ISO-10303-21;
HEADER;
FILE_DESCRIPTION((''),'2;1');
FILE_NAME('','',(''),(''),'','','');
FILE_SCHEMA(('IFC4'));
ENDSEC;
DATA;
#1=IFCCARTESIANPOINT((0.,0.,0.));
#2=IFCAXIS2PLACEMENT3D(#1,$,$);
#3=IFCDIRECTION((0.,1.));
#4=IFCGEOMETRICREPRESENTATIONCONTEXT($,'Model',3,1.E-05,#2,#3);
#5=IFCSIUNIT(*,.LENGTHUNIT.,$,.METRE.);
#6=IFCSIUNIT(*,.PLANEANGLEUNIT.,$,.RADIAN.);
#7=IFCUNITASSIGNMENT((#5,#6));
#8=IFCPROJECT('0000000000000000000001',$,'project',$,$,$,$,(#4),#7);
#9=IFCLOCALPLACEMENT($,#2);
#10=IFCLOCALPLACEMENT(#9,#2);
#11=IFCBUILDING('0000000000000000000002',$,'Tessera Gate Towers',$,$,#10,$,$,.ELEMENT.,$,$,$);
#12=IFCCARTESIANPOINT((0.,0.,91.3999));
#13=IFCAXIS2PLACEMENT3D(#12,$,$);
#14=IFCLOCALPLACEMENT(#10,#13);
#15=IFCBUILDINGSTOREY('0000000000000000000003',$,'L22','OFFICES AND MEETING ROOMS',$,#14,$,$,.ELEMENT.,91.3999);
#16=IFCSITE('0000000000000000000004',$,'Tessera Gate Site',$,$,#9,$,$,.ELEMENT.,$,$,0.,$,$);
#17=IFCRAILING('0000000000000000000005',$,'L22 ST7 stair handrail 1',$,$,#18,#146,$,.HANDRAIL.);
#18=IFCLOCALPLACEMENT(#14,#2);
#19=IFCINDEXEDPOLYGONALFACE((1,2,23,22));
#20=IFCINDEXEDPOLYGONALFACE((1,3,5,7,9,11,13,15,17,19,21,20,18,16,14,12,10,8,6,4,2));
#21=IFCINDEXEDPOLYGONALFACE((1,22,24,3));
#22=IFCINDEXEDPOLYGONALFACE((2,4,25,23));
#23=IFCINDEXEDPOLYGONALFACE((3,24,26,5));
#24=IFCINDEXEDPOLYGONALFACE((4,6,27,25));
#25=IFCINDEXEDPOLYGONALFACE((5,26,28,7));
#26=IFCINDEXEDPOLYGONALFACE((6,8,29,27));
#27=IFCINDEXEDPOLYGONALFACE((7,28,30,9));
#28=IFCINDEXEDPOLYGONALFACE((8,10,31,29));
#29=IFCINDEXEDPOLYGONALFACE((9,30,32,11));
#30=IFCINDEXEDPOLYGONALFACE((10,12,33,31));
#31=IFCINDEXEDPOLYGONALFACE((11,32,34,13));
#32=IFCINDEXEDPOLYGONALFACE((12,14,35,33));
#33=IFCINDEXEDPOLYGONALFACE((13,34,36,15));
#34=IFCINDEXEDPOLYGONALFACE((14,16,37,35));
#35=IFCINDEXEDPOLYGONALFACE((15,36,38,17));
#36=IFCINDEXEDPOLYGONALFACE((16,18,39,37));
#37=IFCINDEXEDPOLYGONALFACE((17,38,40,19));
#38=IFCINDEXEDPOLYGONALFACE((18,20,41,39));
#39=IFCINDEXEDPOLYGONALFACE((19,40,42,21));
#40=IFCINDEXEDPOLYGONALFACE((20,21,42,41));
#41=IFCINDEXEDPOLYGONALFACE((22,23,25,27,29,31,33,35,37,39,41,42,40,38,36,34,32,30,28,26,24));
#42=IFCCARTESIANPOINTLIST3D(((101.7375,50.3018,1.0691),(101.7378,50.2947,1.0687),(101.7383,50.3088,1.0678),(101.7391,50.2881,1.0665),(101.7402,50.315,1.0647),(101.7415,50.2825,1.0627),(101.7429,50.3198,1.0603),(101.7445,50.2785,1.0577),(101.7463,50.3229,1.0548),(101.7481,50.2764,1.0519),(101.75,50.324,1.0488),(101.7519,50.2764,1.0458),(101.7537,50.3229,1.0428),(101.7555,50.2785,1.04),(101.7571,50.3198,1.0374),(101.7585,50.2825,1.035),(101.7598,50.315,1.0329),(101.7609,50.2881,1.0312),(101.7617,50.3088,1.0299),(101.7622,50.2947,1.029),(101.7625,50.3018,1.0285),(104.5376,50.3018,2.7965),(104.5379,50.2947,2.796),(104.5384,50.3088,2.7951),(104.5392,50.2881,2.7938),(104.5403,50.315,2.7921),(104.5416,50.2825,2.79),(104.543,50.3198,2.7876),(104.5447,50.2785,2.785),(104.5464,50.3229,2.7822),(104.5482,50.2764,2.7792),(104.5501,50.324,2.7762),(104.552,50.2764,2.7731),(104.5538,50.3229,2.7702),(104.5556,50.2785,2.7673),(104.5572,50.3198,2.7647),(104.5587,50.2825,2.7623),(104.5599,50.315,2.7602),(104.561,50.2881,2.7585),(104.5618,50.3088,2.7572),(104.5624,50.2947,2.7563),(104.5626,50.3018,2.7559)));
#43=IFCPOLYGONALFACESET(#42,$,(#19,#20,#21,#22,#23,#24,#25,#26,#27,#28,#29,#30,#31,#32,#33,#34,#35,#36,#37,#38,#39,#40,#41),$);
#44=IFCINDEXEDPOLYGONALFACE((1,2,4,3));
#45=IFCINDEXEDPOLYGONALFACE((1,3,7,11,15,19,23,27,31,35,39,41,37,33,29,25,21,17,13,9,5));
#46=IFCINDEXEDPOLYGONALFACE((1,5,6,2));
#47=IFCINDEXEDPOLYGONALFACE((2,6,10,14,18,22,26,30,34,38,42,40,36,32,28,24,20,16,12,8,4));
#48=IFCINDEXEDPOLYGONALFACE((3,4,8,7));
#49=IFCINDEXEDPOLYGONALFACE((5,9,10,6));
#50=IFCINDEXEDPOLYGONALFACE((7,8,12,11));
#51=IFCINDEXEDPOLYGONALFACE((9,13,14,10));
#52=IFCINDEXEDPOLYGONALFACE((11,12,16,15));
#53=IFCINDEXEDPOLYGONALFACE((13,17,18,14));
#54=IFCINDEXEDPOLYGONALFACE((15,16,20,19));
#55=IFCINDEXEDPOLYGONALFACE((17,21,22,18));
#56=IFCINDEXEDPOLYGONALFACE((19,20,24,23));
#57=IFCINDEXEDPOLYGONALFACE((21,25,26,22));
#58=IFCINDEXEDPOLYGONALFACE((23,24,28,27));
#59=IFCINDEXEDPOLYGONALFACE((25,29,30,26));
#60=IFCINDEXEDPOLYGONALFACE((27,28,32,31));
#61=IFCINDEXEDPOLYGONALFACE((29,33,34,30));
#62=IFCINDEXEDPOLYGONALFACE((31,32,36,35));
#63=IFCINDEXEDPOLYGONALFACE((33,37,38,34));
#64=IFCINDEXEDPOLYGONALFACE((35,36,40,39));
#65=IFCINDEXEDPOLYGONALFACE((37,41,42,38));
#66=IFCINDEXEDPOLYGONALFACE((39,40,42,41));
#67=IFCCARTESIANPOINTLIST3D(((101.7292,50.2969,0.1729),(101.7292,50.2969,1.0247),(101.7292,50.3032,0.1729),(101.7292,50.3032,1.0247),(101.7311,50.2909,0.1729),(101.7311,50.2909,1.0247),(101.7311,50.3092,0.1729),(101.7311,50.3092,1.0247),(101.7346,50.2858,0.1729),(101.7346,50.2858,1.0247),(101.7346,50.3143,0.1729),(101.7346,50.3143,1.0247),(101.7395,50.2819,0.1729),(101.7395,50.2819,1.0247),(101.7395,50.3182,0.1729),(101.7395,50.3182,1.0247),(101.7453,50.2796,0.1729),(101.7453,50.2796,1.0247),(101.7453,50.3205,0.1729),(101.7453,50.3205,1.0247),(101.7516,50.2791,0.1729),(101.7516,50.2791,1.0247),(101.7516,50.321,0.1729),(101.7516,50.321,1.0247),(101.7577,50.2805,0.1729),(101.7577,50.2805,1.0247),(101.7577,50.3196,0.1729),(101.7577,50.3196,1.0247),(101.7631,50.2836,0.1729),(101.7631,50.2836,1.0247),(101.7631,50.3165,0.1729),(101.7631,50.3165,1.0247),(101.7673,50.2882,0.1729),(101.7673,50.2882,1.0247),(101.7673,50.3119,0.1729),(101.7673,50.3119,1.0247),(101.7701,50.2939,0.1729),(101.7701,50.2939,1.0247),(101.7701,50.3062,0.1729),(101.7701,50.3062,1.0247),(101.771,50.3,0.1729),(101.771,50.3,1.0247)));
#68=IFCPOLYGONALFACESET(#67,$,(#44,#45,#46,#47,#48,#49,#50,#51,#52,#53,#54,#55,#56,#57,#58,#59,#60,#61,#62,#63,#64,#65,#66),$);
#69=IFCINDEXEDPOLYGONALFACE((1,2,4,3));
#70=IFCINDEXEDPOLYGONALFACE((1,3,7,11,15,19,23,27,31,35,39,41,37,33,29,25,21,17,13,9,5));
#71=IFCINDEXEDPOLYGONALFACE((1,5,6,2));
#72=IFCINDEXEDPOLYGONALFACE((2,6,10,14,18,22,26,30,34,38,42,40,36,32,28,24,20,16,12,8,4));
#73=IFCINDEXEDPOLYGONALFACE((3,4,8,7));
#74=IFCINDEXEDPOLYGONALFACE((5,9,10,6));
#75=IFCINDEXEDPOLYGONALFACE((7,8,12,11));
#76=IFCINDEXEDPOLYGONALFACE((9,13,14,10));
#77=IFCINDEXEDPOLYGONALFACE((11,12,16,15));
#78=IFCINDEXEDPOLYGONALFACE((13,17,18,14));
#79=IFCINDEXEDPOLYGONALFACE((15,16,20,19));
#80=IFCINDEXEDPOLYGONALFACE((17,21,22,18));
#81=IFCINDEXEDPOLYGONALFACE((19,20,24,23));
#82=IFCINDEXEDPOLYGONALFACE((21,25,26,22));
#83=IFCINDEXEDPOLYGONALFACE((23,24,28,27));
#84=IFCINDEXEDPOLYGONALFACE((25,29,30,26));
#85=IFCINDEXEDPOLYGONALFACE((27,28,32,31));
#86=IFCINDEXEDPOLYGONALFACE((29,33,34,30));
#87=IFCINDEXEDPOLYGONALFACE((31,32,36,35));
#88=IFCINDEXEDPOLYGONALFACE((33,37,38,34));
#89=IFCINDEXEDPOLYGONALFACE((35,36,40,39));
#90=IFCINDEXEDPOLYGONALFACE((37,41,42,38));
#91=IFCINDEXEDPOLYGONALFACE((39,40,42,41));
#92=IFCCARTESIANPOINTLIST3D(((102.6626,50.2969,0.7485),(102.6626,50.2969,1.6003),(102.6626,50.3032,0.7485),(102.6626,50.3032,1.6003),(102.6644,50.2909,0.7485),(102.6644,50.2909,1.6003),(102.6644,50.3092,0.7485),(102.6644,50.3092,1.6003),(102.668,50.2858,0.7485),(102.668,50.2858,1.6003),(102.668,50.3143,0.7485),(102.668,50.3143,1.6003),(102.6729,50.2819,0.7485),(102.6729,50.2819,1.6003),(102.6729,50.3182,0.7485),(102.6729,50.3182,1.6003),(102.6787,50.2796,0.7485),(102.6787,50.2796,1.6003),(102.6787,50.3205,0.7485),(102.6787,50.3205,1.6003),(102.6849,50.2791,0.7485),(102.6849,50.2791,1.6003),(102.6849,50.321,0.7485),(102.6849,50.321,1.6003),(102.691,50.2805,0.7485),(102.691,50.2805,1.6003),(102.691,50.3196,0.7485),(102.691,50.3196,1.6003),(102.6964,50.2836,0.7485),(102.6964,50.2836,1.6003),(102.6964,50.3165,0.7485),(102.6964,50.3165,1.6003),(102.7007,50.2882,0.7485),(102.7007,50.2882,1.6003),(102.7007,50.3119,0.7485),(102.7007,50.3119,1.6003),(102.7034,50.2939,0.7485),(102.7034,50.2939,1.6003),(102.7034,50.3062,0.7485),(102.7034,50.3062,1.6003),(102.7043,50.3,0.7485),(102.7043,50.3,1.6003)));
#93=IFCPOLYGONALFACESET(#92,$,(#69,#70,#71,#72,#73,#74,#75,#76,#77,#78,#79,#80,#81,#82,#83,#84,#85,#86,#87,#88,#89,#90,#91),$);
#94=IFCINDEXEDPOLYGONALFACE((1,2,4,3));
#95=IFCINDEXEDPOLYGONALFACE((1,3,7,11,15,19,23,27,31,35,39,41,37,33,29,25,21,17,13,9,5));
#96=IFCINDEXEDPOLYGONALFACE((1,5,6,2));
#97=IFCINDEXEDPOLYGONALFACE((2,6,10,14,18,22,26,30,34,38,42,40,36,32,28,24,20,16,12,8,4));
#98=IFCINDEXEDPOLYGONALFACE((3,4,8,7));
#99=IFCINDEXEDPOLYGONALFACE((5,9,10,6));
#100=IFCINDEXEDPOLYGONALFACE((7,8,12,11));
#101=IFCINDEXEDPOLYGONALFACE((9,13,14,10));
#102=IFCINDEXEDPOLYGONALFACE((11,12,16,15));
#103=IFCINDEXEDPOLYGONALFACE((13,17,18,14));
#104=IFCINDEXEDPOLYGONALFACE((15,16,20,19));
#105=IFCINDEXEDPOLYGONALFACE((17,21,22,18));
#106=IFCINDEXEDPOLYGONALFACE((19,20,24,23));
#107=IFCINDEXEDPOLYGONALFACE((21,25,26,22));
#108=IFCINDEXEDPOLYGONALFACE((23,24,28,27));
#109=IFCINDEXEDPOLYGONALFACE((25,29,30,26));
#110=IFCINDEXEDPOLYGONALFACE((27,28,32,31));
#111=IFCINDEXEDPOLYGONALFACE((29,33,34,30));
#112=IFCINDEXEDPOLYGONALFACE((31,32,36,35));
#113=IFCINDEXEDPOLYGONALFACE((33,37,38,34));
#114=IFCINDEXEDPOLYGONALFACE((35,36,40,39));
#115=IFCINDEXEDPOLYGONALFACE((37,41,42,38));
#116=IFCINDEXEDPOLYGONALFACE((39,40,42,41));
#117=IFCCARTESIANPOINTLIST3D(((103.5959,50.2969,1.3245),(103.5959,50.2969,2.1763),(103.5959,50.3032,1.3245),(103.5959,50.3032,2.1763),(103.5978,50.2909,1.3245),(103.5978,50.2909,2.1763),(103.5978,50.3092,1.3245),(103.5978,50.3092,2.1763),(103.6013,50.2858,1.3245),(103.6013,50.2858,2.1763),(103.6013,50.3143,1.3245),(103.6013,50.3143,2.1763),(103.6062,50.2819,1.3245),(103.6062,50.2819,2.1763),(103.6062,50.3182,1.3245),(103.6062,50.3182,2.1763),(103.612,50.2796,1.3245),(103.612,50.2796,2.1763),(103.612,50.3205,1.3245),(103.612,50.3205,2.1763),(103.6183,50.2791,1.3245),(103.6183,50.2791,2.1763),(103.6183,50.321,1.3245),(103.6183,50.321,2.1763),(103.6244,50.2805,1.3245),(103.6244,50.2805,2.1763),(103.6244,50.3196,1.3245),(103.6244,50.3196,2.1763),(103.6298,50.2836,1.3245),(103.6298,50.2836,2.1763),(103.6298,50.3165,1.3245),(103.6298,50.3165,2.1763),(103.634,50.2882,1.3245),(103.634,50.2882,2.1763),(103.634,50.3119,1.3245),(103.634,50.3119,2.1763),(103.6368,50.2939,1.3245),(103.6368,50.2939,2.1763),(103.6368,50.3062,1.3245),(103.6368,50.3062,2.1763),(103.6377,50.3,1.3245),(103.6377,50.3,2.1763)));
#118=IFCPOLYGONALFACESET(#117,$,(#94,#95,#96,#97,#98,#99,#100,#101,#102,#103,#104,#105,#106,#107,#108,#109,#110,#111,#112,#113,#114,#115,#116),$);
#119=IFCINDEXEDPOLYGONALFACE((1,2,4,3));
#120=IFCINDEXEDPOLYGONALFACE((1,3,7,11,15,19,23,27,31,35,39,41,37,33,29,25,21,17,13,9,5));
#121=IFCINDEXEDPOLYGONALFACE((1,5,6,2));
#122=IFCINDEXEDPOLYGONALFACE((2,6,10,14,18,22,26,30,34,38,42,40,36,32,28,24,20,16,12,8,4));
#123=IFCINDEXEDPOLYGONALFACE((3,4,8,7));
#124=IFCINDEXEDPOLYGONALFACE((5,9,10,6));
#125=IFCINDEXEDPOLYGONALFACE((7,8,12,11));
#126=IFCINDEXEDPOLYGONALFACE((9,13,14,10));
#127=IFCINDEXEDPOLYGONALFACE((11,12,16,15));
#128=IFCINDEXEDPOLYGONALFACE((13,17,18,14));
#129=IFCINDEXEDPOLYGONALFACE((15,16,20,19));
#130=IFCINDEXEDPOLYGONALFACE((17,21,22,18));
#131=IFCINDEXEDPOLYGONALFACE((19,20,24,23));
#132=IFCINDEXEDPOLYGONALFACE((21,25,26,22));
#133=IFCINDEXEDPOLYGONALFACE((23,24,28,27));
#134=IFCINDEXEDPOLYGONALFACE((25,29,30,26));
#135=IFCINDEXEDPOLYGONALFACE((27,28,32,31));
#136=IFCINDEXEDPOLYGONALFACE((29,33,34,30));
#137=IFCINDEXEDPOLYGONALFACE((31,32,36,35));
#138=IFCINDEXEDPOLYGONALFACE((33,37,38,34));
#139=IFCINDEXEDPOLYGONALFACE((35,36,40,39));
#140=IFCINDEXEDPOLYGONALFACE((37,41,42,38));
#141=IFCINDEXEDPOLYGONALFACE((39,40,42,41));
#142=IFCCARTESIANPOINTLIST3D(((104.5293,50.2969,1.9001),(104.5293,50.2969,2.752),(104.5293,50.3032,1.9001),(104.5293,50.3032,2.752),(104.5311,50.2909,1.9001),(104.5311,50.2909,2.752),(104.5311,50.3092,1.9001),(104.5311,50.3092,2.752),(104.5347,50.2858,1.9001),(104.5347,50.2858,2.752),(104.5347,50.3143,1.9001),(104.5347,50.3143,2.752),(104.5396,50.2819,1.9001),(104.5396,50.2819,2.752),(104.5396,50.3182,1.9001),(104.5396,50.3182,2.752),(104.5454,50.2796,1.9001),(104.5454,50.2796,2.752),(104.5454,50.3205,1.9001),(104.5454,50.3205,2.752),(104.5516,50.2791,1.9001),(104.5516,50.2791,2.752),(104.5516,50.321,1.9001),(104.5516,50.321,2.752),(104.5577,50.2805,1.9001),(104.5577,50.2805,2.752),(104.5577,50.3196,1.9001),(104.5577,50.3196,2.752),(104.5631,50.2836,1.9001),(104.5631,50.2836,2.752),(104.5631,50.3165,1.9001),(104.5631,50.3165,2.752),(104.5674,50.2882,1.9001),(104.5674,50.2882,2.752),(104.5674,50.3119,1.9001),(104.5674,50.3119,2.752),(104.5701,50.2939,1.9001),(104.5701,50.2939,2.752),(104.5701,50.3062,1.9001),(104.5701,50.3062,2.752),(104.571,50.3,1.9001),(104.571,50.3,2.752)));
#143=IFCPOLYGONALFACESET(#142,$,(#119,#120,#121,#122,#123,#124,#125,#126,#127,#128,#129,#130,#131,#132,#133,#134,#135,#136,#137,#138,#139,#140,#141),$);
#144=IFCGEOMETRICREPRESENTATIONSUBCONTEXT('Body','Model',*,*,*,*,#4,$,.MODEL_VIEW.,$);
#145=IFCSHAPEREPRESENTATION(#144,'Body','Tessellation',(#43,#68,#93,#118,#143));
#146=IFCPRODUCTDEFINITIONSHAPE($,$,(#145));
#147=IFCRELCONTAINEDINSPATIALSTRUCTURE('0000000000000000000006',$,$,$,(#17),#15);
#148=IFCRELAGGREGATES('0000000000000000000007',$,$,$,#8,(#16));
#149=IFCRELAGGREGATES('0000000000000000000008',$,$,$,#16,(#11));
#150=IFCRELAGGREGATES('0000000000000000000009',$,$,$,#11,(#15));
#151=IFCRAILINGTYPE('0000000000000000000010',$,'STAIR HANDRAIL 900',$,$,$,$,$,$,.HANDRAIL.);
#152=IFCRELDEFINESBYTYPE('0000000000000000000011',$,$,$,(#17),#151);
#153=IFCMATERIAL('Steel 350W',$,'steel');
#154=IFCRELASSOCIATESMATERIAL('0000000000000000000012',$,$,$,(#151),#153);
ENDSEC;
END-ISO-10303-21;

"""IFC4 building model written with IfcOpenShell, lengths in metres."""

from ifc_helpers import new_model, si_unit, direction, frame, origin, origin_2d, place, context, subcontext, project, spatial, circle, extrude, material, type_object, element, save


model = new_model("IFC4")

# Units and contexts
model_context = context("Model", 3, precision=1e-05, world=origin(), true_north=direction((0.0, 1.0)))
body_context = subcontext(model_context, "Body", "Model", "MODEL_VIEW")
ifc_project = project(units=[si_unit("LENGTHUNIT", "METRE"), si_unit("PLANEANGLEUNIT", "RADIAN")], contexts=[model_context])

# Site, building, storey
site_placement = place(None, origin())
site = spatial("IfcSite", under=ifc_project, at=site_placement, Name="Tessera Gate Site", CompositionType="ELEMENT", RefElevation=0.0)
building_placement = place(site_placement, origin())
building = spatial("IfcBuilding", under=site, at=building_placement, Name="Tessera Gate Towers", CompositionType="ELEMENT")
storey_placement = place(building_placement, frame((0.0, 0.0, 91.3999)))
storey = spatial("IfcBuildingStorey", under=building, at=storey_placement, Name="L22", Description="OFFICES AND MEETING ROOMS", CompositionType="ELEMENT", Elevation=91.3999)

# Railing
ifc_material_1 = material(Name="Steel 350W", Category="steel")
railing_type_1 = type_object("IfcRailingType", Name="STAIR HANDRAIL 900", PredefinedType="HANDRAIL", material=ifc_material_1)
railing_1_placement = place(storey_placement, frame((101.75, 50.3, 0.1729)))
element("IfcRailing", 1, at=railing_1_placement, inside=storey, type_object=railing_type_1, Name="L22 ST7 stair handrail 1", PredefinedType="HANDRAIL", context=body_context, shape_type="SweptSolid", body=[
    extrude(circle(Radius=0.0239, at=origin_2d()), frame((0.0, 0.0, 0.876), z_axis=(0.85109, 0.0, 0.52502), x_axis=(0.0, 1.0, 0.0)), (0.0, 0.0, 1.0), 3.29),
    extrude(circle(Radius=0.021, at=origin_2d()), origin(), (0.0, 0.0, 1.0), 0.8518),
    extrude(circle(Radius=0.021, at=origin_2d()), frame((0.9333, 0.0, 0.5757)), (0.0, 0.0, 1.0), 0.8518),
    extrude(circle(Radius=0.021, at=origin_2d()), frame((1.8667, 0.0, 1.1516)), (0.0, 0.0, 1.0), 0.8518),
    extrude(circle(Radius=0.021, at=origin_2d()), frame((2.8, 0.0, 1.7273)), (0.0, 0.0, 1.0), 0.8518),
])

save(model, "model.ifc")
